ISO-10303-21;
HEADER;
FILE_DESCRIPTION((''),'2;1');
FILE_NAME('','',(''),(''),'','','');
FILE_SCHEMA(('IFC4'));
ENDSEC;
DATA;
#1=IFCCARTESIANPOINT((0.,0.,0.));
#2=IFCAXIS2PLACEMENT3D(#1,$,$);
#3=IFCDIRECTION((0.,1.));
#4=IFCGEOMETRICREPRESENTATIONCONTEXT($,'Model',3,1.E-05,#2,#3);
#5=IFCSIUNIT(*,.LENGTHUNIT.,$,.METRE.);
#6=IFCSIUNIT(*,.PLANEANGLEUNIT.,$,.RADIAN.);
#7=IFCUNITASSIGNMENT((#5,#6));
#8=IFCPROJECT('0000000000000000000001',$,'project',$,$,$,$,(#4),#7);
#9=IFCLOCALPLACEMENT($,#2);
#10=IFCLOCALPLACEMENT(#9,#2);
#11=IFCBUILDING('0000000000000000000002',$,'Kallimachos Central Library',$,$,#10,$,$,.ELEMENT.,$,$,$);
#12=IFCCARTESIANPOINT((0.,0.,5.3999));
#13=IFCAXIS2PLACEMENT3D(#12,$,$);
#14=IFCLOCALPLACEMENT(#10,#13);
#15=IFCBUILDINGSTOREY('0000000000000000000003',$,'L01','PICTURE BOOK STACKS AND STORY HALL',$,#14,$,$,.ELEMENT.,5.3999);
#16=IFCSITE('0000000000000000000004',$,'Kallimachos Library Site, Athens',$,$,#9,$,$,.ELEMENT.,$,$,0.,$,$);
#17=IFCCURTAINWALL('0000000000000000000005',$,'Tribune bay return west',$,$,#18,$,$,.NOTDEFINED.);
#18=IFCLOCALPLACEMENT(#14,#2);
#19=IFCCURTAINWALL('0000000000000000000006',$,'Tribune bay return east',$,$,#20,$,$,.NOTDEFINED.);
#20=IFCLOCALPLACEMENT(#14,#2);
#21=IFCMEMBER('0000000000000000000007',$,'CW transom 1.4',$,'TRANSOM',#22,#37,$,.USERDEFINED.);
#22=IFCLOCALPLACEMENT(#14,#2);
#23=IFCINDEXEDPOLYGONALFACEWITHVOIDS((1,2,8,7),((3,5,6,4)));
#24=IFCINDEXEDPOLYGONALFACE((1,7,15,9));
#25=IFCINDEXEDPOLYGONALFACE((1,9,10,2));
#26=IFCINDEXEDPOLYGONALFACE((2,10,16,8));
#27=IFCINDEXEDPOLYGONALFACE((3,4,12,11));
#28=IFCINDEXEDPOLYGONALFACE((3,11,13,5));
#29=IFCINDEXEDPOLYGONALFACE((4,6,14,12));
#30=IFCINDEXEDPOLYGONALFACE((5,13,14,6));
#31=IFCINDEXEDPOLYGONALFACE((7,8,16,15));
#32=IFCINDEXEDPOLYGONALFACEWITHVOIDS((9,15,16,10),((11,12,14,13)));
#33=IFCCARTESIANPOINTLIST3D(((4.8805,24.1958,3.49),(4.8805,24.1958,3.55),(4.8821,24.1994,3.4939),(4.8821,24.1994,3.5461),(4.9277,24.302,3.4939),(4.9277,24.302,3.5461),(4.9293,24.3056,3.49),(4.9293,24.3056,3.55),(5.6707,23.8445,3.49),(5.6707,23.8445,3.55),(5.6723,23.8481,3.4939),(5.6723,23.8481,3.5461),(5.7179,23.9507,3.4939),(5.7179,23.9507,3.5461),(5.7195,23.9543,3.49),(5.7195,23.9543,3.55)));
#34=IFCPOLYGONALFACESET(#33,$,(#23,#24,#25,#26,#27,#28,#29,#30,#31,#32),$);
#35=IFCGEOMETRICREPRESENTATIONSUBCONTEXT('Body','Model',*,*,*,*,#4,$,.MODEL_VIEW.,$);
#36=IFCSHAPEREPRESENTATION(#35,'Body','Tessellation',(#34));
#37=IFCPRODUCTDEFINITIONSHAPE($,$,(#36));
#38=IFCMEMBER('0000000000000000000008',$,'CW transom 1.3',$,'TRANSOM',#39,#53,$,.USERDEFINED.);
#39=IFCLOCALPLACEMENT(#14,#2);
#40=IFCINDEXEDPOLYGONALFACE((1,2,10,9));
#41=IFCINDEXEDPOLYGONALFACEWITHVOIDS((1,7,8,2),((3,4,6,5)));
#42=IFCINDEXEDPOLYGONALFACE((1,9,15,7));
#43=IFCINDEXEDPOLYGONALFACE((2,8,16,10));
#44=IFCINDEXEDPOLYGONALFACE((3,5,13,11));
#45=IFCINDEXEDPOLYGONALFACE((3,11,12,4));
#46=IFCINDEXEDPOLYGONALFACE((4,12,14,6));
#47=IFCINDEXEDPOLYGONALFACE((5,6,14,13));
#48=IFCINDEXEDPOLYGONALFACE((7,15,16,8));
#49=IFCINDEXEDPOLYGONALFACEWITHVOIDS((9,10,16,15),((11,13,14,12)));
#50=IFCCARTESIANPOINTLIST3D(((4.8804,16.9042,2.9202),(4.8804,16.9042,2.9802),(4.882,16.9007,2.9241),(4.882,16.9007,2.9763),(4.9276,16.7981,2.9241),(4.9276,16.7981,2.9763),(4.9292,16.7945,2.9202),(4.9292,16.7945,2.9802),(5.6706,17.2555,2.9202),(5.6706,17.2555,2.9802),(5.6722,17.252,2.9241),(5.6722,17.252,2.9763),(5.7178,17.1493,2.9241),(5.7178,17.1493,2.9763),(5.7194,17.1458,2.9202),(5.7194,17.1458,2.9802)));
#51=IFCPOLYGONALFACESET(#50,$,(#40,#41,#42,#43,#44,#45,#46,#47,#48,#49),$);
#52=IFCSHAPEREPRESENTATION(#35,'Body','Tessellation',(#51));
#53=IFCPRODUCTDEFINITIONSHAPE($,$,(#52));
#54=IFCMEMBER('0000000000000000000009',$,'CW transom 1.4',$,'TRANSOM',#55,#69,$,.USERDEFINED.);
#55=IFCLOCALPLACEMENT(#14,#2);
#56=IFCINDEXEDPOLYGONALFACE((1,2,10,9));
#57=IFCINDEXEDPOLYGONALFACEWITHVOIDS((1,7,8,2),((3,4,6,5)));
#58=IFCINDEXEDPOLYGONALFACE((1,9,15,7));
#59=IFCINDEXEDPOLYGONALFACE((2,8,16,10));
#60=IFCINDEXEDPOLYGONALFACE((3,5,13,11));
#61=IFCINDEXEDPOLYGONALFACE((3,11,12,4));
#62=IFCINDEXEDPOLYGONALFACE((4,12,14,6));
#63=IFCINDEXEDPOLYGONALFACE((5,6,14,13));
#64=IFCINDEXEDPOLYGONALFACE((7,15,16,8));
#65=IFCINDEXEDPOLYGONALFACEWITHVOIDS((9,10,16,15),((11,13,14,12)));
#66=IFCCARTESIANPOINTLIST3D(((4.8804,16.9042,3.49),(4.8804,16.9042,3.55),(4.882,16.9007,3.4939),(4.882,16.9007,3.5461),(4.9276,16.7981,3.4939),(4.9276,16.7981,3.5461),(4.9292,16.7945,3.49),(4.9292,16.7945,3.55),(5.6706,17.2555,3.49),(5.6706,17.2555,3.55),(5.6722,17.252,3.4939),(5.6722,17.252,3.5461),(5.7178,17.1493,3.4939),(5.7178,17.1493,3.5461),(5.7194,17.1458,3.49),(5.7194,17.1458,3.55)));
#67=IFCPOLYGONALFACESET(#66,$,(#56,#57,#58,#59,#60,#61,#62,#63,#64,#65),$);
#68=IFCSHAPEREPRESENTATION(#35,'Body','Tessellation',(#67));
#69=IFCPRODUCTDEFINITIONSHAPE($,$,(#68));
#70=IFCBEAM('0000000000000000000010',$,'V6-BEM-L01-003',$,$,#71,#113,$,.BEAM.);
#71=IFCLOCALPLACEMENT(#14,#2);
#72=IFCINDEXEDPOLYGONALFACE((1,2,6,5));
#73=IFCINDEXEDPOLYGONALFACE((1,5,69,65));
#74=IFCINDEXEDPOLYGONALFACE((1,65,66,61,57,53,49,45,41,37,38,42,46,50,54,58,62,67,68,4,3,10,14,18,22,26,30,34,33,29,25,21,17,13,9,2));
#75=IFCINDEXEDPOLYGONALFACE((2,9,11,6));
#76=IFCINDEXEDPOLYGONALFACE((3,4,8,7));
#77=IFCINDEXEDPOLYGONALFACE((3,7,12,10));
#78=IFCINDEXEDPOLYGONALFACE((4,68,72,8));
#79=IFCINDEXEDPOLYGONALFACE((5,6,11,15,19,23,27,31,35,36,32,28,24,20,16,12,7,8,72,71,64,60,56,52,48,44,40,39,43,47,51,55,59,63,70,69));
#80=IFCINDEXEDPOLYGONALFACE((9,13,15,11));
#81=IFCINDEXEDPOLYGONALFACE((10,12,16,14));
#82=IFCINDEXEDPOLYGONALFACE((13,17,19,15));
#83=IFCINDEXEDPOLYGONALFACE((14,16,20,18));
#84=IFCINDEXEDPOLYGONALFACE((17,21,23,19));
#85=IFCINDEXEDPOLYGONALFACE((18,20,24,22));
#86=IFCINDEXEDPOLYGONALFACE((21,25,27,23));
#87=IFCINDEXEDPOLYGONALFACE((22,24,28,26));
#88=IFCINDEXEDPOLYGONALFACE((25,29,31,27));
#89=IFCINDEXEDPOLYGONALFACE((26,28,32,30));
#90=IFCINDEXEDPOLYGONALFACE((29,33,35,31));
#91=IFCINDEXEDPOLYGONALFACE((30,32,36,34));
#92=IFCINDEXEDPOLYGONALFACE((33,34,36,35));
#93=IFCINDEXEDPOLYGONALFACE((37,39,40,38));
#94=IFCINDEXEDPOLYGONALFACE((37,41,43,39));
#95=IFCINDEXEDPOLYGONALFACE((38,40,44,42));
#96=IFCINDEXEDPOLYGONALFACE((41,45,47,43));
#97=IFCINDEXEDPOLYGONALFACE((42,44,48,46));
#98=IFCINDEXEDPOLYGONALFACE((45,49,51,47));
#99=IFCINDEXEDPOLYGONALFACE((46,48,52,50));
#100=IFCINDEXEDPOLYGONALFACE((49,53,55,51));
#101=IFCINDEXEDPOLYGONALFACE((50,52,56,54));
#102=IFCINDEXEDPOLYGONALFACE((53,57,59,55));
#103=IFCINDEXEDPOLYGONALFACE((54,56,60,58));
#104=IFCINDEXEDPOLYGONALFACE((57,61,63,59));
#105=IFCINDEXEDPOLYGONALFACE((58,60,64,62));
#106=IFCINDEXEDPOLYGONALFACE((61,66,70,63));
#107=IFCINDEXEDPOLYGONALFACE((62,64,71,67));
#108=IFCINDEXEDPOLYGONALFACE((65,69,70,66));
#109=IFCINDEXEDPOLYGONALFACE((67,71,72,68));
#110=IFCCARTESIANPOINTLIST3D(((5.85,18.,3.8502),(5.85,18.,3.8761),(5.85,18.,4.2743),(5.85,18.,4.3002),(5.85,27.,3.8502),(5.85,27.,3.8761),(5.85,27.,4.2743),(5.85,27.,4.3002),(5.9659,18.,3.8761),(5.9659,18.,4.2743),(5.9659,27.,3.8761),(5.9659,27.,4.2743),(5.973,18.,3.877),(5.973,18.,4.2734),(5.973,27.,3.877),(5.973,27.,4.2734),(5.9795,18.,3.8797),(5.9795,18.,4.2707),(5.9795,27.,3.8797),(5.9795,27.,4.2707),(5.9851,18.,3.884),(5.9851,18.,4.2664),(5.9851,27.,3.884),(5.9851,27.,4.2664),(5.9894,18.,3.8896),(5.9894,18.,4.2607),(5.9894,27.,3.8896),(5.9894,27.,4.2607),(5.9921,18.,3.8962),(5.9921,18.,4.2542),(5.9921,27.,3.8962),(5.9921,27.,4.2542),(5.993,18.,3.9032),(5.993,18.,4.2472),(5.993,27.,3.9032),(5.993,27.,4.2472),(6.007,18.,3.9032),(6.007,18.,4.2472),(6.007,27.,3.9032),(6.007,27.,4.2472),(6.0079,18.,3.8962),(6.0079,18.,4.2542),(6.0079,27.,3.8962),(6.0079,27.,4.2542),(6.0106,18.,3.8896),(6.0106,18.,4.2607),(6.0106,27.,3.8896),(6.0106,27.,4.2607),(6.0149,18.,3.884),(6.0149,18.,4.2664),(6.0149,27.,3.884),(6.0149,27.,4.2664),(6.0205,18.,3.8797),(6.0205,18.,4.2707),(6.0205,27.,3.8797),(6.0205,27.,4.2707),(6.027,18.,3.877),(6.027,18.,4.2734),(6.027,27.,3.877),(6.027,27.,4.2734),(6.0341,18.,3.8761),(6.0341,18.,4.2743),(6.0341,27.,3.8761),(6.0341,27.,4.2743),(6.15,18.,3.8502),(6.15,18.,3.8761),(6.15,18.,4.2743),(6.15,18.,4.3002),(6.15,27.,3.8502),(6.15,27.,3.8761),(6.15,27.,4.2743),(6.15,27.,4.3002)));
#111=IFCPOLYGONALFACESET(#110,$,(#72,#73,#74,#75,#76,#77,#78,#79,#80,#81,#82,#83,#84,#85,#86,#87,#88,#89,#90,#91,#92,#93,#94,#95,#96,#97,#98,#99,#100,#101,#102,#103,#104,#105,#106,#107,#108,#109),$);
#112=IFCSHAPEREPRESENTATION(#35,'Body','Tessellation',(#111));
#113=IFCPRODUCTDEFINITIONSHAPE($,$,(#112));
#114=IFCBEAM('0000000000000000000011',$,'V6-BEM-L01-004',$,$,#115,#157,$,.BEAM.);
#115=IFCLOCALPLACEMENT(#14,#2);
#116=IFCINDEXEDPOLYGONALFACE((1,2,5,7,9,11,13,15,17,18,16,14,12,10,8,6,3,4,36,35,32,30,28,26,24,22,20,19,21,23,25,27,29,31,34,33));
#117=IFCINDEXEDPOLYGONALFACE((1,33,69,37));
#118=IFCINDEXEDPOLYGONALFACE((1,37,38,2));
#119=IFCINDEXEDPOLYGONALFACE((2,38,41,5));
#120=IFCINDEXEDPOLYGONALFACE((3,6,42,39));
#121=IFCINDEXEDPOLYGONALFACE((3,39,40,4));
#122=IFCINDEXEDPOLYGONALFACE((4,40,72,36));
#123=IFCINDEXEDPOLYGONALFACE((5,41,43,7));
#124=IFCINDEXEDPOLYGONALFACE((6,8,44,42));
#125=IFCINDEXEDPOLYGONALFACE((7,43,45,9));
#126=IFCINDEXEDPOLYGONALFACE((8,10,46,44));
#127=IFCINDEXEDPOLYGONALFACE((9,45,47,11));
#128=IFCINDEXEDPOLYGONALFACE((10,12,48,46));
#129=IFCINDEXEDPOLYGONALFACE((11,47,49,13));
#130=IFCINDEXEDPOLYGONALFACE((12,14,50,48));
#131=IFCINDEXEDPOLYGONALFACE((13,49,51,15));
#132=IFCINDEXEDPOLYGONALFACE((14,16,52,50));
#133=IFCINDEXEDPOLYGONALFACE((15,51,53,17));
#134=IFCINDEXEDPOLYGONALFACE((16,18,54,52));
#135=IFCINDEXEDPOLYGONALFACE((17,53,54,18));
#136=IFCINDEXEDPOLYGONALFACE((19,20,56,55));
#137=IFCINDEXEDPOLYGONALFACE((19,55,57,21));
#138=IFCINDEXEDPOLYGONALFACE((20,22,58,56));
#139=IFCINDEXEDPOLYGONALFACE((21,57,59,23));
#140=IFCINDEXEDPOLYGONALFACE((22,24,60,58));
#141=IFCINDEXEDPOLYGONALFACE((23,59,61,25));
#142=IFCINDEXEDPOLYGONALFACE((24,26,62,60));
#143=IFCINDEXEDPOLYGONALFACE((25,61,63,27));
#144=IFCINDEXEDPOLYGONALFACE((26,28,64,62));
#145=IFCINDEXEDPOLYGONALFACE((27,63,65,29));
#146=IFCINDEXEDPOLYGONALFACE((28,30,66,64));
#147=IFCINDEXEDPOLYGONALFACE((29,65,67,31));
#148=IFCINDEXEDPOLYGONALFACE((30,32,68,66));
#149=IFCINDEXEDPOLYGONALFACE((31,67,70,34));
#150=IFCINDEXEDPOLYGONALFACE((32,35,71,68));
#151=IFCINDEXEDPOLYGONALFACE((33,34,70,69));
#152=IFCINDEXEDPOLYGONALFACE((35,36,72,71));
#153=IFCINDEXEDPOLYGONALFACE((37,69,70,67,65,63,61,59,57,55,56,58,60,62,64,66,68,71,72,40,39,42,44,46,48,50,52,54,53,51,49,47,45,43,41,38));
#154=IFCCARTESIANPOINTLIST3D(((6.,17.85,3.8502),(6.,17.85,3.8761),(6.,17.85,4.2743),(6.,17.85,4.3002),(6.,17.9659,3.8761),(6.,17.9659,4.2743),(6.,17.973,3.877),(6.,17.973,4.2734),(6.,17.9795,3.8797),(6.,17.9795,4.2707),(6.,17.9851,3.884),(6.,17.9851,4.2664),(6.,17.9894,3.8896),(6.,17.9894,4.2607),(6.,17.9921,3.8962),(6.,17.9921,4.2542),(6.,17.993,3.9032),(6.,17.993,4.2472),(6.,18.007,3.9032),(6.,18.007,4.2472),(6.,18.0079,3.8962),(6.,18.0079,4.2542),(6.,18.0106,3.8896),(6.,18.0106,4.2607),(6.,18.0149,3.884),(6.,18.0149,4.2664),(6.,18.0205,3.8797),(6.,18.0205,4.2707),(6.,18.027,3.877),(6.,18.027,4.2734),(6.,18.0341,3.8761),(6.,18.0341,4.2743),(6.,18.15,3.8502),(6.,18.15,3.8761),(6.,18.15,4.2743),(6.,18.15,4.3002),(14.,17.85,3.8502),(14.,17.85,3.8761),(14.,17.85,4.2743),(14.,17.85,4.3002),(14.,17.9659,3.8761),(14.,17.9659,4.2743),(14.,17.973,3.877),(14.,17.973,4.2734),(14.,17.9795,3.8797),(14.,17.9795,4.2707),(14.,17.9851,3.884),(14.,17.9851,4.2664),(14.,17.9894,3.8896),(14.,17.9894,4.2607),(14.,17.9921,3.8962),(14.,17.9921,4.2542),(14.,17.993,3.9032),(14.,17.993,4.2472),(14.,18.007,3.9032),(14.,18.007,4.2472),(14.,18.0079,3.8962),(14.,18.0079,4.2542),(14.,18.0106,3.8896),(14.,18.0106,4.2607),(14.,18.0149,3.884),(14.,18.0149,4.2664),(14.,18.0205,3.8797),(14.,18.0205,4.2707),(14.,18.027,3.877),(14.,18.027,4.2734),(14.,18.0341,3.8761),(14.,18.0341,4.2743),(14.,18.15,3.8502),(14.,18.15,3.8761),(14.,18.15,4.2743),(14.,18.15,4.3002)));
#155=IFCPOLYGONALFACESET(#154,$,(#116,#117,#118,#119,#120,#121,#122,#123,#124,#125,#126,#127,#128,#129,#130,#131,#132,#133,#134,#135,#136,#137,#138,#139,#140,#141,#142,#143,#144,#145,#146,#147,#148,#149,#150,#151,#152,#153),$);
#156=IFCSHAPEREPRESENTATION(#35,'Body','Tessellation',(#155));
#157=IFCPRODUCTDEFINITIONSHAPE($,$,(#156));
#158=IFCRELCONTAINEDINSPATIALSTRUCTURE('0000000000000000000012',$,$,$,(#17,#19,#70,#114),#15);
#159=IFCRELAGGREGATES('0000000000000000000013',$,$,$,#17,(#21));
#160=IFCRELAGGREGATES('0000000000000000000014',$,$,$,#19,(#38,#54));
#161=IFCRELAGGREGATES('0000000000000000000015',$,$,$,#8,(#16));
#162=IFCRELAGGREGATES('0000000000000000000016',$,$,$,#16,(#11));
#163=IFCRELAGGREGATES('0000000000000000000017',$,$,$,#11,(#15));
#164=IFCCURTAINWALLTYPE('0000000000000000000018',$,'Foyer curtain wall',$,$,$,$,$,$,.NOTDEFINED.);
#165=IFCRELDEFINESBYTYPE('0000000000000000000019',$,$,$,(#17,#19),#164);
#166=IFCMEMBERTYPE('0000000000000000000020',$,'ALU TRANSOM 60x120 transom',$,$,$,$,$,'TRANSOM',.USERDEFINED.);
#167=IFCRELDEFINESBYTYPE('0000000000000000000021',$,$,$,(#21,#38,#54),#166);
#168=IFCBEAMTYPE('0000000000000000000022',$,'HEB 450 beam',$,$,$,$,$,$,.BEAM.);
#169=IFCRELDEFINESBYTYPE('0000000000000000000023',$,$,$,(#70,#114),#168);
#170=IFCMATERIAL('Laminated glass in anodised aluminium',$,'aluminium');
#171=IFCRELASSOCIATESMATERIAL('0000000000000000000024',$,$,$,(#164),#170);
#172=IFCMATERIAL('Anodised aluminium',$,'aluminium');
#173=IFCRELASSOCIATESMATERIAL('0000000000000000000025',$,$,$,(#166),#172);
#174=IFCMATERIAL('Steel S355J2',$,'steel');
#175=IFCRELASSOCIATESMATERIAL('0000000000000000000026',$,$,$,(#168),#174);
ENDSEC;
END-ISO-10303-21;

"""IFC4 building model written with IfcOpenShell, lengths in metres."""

from ifc_helpers import new_model, si_unit, direction, frame, origin, origin_2d, place, context, subcontext, project, spatial, hollow_rectangle, i_section, extrude, material, material_profile, profile_set, type_object, element, aggregate, save


model = new_model("IFC4")

# Units and contexts
model_context = context("Model", 3, precision=1e-05, world=origin(), true_north=direction((0.0, 1.0)))
body_context = subcontext(model_context, "Body", "Model", "MODEL_VIEW")
ifc_project = project(units=[si_unit("LENGTHUNIT", "METRE"), si_unit("PLANEANGLEUNIT", "RADIAN")], contexts=[model_context])

# Site, building, storey
site_placement = place(None, origin())
site = spatial("IfcSite", under=ifc_project, at=site_placement, Name="Kallimachos Library Site, Athens", CompositionType="ELEMENT", RefElevation=0.0)
building_placement = place(site_placement, origin())
building = spatial("IfcBuilding", under=site, at=building_placement, Name="Kallimachos Central Library", CompositionType="ELEMENT")
storey_placement = place(building_placement, frame((0.0, 0.0, 5.3999)))
storey = spatial("IfcBuildingStorey", under=building, at=storey_placement, Name="L01", Description="PICTURE BOOK STACKS AND STORY HALL", CompositionType="ELEMENT", Elevation=5.3999)

# Curtain walls
ifc_material_1 = material(Name="Laminated glass in anodised aluminium", Category="aluminium")
curtain_wall_type = type_object("IfcCurtainWallType", Name="Foyer curtain wall", PredefinedType="NOTDEFINED", material=ifc_material_1)
curtain_wall_1_placement = place(storey_placement, origin())
curtain_wall_1 = element("IfcCurtainWall", 1, at=curtain_wall_1_placement, inside=storey, type_object=curtain_wall_type, Name="Tribune bay return west", PredefinedType="NOTDEFINED")
curtain_wall_2_placement = place(storey_placement, origin())
curtain_wall_2 = element("IfcCurtainWall", 2, at=curtain_wall_2_placement, inside=storey, type_object=curtain_wall_type, Name="Tribune bay return east", PredefinedType="NOTDEFINED")

# Members
ifc_material_2 = material(Name="Anodised aluminium", Category="aluminium")
ifc_material_profile_1 = material_profile(ifc_material_2, hollow_rectangle(XDim=0.0601, YDim=0.1201, WallThickness=0.0039, at=origin_2d()), Name="ALU TRANSOM 60x120")
ifc_profile_set_1 = profile_set([ifc_material_profile_1], Name="Anodised aluminium")
member_type_1 = type_object("IfcMemberType", Name="ALU TRANSOM 60x120 transom", ElementType="TRANSOM", PredefinedType="USERDEFINED", material=ifc_profile_set_1)
member_1_placement = place(storey_placement, frame((5.6951, 23.8994, 3.52), z_axis=(-0.913777, 0.406217, 0.0), x_axis=(0.0, 0.0, 1.0)))
member_1 = element("IfcMember", 3, at=member_1_placement, type_object=member_type_1, Name="CW transom 1.4", ObjectType="TRANSOM", PredefinedType="USERDEFINED", context=body_context, shape_type="SweptSolid", body=[
    extrude(hollow_rectangle(XDim=0.0601, YDim=0.1201, WallThickness=0.0039, at=origin_2d()), origin(), (0.0, 0.0, 1.0), 0.8647),
])
member_2_placement = place(storey_placement, frame((4.9048, 16.8494, 2.9502), z_axis=(0.913777, 0.406217, 0.0), x_axis=(0.0, 0.0, 1.0)))
member_2 = element("IfcMember", 4, at=member_2_placement, type_object=member_type_1, Name="CW transom 1.3", ObjectType="TRANSOM", PredefinedType="USERDEFINED", context=body_context, shape_type="SweptSolid", body=[
    extrude(hollow_rectangle(XDim=0.0601, YDim=0.1201, WallThickness=0.0039, at=origin_2d()), origin(), (0.0, 0.0, 1.0), 0.8647),
])
member_3_placement = place(storey_placement, frame((4.9048, 16.8494, 3.52), z_axis=(0.913777, 0.406217, 0.0), x_axis=(0.0, 0.0, 1.0)))
member_3 = element("IfcMember", 5, at=member_3_placement, type_object=member_type_1, Name="CW transom 1.4", ObjectType="TRANSOM", PredefinedType="USERDEFINED", context=body_context, shape_type="SweptSolid", body=[
    extrude(hollow_rectangle(XDim=0.0601, YDim=0.1201, WallThickness=0.0039, at=origin_2d()), origin(), (0.0, 0.0, 1.0), 0.8647),
])

# Beams
ifc_material_3 = material(Name="Steel S355J2", Category="steel")
ifc_material_profile_2 = material_profile(ifc_material_3, i_section(OverallWidth=0.3, OverallDepth=0.45, WebThickness=0.0139, FlangeThickness=0.0259, FilletRadius=0.0271, at=origin_2d()), Name="HEB 450")
ifc_profile_set_2 = profile_set([ifc_material_profile_2], Name="Steel S355J2")
beam_type_1 = type_object("IfcBeamType", Name="HEB 450 beam", PredefinedType="BEAM", material=ifc_profile_set_2)
beam_1_placement = place(storey_placement, frame((6.0, 18.0, 4.0752), z_axis=(0.0, 1.0, 0.0), x_axis=(-1.0, 0.0, 0.0)))
element("IfcBeam", 6, at=beam_1_placement, inside=storey, type_object=beam_type_1, Name="V6-BEM-L01-003", PredefinedType="BEAM", context=body_context, shape_type="SweptSolid", body=[
    extrude(i_section(OverallWidth=0.3, OverallDepth=0.45, WebThickness=0.0139, FlangeThickness=0.0259, FilletRadius=0.0271, at=origin_2d()), origin(), (0.0, 0.0, 1.0), 9.0),
])
beam_2_placement = place(storey_placement, frame((6.0, 18.0, 4.0752), z_axis=(1.0, 0.0, 0.0), x_axis=(0.0, 1.0, 0.0)))
element("IfcBeam", 7, at=beam_2_placement, inside=storey, type_object=beam_type_1, Name="V6-BEM-L01-004", PredefinedType="BEAM", context=body_context, shape_type="SweptSolid", body=[
    extrude(i_section(OverallWidth=0.3, OverallDepth=0.45, WebThickness=0.0139, FlangeThickness=0.0259, FilletRadius=0.0271, at=origin_2d()), origin(), (0.0, 0.0, 1.0), 8.0),
])

aggregate(curtain_wall_1, [member_1])
aggregate(curtain_wall_2, [member_2, member_3])

save(model, "model.ifc")
